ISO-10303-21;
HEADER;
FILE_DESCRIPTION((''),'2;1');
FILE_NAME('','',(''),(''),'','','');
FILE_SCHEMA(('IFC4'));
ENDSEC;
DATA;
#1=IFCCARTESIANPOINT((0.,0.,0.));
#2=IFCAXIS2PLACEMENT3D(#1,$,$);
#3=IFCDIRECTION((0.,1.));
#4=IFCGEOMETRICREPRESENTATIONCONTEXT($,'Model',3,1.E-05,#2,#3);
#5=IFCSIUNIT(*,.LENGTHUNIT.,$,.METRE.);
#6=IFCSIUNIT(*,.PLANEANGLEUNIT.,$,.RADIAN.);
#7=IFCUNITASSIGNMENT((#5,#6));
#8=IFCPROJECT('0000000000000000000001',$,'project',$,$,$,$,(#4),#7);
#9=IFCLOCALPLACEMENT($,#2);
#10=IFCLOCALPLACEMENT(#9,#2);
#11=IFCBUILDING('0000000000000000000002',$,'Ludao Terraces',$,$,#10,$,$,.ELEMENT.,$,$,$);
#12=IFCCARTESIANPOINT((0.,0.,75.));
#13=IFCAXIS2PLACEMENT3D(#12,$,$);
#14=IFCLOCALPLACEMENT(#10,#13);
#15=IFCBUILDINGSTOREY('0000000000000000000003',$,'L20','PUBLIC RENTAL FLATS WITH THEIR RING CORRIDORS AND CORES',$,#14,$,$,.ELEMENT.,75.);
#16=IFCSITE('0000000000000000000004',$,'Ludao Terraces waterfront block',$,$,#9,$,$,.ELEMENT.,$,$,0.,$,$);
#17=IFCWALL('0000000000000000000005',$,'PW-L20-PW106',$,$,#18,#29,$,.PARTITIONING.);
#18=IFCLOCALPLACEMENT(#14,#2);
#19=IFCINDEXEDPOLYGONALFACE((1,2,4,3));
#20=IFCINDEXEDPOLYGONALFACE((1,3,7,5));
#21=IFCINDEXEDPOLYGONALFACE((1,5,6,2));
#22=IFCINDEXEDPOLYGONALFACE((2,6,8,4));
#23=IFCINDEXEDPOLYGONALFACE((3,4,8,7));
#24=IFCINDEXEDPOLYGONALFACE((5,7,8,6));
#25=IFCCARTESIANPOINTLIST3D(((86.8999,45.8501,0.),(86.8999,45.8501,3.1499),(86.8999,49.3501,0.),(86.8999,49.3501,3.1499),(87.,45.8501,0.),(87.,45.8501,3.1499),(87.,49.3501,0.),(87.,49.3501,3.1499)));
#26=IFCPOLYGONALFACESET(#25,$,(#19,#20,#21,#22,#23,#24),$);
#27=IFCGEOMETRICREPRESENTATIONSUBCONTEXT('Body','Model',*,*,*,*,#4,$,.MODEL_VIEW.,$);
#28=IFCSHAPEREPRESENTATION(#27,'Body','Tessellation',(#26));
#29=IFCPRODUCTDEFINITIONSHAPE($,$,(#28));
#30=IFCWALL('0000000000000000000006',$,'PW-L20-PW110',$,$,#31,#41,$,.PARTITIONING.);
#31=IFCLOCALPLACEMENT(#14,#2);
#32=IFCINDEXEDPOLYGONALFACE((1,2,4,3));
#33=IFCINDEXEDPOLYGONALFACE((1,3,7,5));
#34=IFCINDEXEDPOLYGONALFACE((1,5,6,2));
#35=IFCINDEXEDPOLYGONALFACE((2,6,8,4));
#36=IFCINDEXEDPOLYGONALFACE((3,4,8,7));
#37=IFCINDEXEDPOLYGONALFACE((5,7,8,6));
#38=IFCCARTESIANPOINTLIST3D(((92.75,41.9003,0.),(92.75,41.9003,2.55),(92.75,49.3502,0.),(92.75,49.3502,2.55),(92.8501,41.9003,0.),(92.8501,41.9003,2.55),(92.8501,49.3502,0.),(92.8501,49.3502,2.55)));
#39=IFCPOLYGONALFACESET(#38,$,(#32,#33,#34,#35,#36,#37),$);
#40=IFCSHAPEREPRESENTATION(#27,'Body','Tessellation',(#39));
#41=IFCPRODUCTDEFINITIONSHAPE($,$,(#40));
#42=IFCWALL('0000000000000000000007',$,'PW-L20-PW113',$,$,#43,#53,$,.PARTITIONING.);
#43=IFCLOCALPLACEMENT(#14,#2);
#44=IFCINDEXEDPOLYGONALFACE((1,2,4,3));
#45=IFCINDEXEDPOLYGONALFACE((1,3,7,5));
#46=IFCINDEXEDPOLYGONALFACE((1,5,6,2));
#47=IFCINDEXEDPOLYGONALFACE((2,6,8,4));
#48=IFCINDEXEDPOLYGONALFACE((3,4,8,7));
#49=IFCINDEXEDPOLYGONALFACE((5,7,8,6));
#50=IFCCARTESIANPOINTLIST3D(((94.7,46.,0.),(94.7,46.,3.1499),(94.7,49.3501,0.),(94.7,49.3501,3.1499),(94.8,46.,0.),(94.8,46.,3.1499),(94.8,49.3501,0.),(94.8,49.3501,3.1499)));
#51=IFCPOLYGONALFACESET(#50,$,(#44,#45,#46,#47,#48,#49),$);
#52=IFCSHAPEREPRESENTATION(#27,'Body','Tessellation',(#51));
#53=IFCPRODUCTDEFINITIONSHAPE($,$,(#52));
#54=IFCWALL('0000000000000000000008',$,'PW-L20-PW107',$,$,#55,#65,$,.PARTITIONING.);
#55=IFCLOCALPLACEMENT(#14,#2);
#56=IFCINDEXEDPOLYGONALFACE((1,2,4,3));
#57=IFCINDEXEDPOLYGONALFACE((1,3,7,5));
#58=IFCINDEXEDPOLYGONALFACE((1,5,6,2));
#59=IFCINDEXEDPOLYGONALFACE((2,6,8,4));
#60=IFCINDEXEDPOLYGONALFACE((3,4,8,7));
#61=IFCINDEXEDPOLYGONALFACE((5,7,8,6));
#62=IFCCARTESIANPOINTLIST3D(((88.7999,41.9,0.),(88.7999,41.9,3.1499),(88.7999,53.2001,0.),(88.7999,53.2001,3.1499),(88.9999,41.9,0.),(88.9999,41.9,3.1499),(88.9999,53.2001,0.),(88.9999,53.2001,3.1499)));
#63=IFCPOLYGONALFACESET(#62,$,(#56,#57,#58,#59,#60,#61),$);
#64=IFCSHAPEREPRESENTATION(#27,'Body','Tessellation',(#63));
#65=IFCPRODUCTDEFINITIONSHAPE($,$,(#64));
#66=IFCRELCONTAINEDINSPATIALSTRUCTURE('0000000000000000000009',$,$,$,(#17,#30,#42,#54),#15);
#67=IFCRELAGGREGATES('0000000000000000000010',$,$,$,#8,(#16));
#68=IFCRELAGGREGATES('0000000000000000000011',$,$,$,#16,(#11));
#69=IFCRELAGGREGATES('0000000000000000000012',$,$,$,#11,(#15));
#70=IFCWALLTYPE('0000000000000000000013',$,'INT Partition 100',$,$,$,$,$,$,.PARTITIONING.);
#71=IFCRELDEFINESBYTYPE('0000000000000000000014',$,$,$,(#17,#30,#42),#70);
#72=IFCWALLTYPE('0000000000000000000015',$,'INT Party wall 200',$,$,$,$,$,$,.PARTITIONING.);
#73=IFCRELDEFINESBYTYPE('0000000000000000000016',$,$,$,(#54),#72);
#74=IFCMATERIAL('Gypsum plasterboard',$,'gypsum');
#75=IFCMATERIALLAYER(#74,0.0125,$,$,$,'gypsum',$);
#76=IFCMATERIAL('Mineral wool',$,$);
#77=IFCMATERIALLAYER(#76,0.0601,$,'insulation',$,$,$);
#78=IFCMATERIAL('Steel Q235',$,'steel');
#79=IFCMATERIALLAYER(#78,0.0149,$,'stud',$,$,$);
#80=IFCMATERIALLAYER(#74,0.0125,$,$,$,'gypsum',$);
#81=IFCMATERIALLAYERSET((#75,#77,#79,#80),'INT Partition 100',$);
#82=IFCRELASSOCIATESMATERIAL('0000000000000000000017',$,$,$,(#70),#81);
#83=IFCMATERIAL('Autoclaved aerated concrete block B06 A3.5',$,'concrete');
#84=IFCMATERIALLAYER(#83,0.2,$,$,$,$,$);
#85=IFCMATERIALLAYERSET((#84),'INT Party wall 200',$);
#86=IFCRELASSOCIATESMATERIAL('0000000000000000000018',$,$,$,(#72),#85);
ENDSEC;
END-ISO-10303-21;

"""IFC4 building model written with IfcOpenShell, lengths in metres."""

from ifc_helpers import new_model, si_unit, direction, frame, frame_2d, origin, place, context, subcontext, project, spatial, rectangle, extrude, material, layer, layer_set, type_object, element, save


model = new_model("IFC4")

# Units and contexts
model_context = context("Model", 3, precision=1e-05, world=origin(), true_north=direction((0.0, 1.0)))
body_context = subcontext(model_context, "Body", "Model", "MODEL_VIEW")
ifc_project = project(units=[si_unit("LENGTHUNIT", "METRE"), si_unit("PLANEANGLEUNIT", "RADIAN")], contexts=[model_context])

# Site, building, storey
site_placement = place(None, origin())
site = spatial("IfcSite", under=ifc_project, at=site_placement, Name="Ludao Terraces waterfront block", CompositionType="ELEMENT", RefElevation=0.0)
building_placement = place(site_placement, origin())
building = spatial("IfcBuilding", under=site, at=building_placement, Name="Ludao Terraces", CompositionType="ELEMENT")
storey_placement = place(building_placement, frame((0.0, 0.0, 75.0)))
storey = spatial("IfcBuildingStorey", under=building, at=storey_placement, Name="L20", Description="PUBLIC RENTAL FLATS WITH THEIR RING CORRIDORS AND CORES", CompositionType="ELEMENT", Elevation=75.0)

# Shared definitions
ifc_material_1 = material(Name="Mineral wool")

# Shared definitions
ifc_material_2 = material(Name="Gypsum plasterboard", Category="gypsum")
ifc_layer_1 = layer(ifc_material_2, 0.0125, Category="gypsum")
ifc_layer_2 = layer(ifc_material_1, 0.0601, Name="insulation")
ifc_material_3 = material(Name="Steel Q235", Category="steel")
ifc_layer_3 = layer(ifc_material_3, 0.0149, Name="stud")
ifc_layer_4 = layer(ifc_material_2, 0.0125, Category="gypsum")
ifc_layer_set_1 = layer_set([ifc_layer_1, ifc_layer_2, ifc_layer_3, ifc_layer_4], Name="INT Partition 100")
wall_type_1 = type_object("IfcWallType", Name="INT Partition 100", PredefinedType="PARTITIONING", material=ifc_layer_set_1)

# Walls
wall_1_placement = place(storey_placement, frame((86.95, 45.8501, 0.0), z_axis=(0.0, 0.0, 1.0), x_axis=(0.0, 1.0, 0.0)))
element("IfcWall", 1, at=wall_1_placement, inside=storey, type_object=wall_type_1, Name="PW-L20-PW106", PredefinedType="PARTITIONING", context=body_context, shape_type="SweptSolid", body=[
    extrude(rectangle(XDim=3.5, YDim=0.1001, at=frame_2d((1.75, 0.0))), origin(), (0.0, 0.0, 1.0), 3.1499),
])
wall_2_placement = place(storey_placement, frame((92.8, 41.9001, 0.0), z_axis=(0.0, 0.0, 1.0), x_axis=(0.0, 1.0, 0.0)))
element("IfcWall", 2, at=wall_2_placement, inside=storey, type_object=wall_type_1, Name="PW-L20-PW110", PredefinedType="PARTITIONING", context=body_context, shape_type="SweptSolid", body=[
    extrude(rectangle(XDim=7.45, YDim=0.1001, at=frame_2d((3.7251, 0.0))), origin(), (0.0, 0.0, 1.0), 2.55),
])
wall_3_placement = place(storey_placement, frame((94.75, 46.0, 0.0), z_axis=(0.0, 0.0, 1.0), x_axis=(0.0, 1.0, 0.0)))
element("IfcWall", 3, at=wall_3_placement, inside=storey, type_object=wall_type_1, Name="PW-L20-PW113", PredefinedType="PARTITIONING", context=body_context, shape_type="SweptSolid", body=[
    extrude(rectangle(XDim=3.3501, YDim=0.1001, at=frame_2d((1.675, 0.0))), origin(), (0.0, 0.0, 1.0), 3.1499),
])
ifc_material_4 = material(Name="Autoclaved aerated concrete block B06 A3.5", Category="concrete")
ifc_layer_5 = layer(ifc_material_4, 0.2)
ifc_layer_set_2 = layer_set([ifc_layer_5], Name="INT Party wall 200")
wall_type_2 = type_object("IfcWallType", Name="INT Party wall 200", PredefinedType="PARTITIONING", material=ifc_layer_set_2)
wall_4_placement = place(storey_placement, frame((88.8999, 41.9001, 0.0), z_axis=(0.0, 0.0, 1.0), x_axis=(0.0, 1.0, 0.0)))
element("IfcWall", 4, at=wall_4_placement, inside=storey, type_object=wall_type_2, Name="PW-L20-PW107", PredefinedType="PARTITIONING", context=body_context, shape_type="SweptSolid", body=[
    extrude(rectangle(XDim=11.3, YDim=0.2, at=frame_2d((5.6499, 0.0))), origin(), (0.0, 0.0, 1.0), 3.1499),
])

save(model, "model.ifc")
